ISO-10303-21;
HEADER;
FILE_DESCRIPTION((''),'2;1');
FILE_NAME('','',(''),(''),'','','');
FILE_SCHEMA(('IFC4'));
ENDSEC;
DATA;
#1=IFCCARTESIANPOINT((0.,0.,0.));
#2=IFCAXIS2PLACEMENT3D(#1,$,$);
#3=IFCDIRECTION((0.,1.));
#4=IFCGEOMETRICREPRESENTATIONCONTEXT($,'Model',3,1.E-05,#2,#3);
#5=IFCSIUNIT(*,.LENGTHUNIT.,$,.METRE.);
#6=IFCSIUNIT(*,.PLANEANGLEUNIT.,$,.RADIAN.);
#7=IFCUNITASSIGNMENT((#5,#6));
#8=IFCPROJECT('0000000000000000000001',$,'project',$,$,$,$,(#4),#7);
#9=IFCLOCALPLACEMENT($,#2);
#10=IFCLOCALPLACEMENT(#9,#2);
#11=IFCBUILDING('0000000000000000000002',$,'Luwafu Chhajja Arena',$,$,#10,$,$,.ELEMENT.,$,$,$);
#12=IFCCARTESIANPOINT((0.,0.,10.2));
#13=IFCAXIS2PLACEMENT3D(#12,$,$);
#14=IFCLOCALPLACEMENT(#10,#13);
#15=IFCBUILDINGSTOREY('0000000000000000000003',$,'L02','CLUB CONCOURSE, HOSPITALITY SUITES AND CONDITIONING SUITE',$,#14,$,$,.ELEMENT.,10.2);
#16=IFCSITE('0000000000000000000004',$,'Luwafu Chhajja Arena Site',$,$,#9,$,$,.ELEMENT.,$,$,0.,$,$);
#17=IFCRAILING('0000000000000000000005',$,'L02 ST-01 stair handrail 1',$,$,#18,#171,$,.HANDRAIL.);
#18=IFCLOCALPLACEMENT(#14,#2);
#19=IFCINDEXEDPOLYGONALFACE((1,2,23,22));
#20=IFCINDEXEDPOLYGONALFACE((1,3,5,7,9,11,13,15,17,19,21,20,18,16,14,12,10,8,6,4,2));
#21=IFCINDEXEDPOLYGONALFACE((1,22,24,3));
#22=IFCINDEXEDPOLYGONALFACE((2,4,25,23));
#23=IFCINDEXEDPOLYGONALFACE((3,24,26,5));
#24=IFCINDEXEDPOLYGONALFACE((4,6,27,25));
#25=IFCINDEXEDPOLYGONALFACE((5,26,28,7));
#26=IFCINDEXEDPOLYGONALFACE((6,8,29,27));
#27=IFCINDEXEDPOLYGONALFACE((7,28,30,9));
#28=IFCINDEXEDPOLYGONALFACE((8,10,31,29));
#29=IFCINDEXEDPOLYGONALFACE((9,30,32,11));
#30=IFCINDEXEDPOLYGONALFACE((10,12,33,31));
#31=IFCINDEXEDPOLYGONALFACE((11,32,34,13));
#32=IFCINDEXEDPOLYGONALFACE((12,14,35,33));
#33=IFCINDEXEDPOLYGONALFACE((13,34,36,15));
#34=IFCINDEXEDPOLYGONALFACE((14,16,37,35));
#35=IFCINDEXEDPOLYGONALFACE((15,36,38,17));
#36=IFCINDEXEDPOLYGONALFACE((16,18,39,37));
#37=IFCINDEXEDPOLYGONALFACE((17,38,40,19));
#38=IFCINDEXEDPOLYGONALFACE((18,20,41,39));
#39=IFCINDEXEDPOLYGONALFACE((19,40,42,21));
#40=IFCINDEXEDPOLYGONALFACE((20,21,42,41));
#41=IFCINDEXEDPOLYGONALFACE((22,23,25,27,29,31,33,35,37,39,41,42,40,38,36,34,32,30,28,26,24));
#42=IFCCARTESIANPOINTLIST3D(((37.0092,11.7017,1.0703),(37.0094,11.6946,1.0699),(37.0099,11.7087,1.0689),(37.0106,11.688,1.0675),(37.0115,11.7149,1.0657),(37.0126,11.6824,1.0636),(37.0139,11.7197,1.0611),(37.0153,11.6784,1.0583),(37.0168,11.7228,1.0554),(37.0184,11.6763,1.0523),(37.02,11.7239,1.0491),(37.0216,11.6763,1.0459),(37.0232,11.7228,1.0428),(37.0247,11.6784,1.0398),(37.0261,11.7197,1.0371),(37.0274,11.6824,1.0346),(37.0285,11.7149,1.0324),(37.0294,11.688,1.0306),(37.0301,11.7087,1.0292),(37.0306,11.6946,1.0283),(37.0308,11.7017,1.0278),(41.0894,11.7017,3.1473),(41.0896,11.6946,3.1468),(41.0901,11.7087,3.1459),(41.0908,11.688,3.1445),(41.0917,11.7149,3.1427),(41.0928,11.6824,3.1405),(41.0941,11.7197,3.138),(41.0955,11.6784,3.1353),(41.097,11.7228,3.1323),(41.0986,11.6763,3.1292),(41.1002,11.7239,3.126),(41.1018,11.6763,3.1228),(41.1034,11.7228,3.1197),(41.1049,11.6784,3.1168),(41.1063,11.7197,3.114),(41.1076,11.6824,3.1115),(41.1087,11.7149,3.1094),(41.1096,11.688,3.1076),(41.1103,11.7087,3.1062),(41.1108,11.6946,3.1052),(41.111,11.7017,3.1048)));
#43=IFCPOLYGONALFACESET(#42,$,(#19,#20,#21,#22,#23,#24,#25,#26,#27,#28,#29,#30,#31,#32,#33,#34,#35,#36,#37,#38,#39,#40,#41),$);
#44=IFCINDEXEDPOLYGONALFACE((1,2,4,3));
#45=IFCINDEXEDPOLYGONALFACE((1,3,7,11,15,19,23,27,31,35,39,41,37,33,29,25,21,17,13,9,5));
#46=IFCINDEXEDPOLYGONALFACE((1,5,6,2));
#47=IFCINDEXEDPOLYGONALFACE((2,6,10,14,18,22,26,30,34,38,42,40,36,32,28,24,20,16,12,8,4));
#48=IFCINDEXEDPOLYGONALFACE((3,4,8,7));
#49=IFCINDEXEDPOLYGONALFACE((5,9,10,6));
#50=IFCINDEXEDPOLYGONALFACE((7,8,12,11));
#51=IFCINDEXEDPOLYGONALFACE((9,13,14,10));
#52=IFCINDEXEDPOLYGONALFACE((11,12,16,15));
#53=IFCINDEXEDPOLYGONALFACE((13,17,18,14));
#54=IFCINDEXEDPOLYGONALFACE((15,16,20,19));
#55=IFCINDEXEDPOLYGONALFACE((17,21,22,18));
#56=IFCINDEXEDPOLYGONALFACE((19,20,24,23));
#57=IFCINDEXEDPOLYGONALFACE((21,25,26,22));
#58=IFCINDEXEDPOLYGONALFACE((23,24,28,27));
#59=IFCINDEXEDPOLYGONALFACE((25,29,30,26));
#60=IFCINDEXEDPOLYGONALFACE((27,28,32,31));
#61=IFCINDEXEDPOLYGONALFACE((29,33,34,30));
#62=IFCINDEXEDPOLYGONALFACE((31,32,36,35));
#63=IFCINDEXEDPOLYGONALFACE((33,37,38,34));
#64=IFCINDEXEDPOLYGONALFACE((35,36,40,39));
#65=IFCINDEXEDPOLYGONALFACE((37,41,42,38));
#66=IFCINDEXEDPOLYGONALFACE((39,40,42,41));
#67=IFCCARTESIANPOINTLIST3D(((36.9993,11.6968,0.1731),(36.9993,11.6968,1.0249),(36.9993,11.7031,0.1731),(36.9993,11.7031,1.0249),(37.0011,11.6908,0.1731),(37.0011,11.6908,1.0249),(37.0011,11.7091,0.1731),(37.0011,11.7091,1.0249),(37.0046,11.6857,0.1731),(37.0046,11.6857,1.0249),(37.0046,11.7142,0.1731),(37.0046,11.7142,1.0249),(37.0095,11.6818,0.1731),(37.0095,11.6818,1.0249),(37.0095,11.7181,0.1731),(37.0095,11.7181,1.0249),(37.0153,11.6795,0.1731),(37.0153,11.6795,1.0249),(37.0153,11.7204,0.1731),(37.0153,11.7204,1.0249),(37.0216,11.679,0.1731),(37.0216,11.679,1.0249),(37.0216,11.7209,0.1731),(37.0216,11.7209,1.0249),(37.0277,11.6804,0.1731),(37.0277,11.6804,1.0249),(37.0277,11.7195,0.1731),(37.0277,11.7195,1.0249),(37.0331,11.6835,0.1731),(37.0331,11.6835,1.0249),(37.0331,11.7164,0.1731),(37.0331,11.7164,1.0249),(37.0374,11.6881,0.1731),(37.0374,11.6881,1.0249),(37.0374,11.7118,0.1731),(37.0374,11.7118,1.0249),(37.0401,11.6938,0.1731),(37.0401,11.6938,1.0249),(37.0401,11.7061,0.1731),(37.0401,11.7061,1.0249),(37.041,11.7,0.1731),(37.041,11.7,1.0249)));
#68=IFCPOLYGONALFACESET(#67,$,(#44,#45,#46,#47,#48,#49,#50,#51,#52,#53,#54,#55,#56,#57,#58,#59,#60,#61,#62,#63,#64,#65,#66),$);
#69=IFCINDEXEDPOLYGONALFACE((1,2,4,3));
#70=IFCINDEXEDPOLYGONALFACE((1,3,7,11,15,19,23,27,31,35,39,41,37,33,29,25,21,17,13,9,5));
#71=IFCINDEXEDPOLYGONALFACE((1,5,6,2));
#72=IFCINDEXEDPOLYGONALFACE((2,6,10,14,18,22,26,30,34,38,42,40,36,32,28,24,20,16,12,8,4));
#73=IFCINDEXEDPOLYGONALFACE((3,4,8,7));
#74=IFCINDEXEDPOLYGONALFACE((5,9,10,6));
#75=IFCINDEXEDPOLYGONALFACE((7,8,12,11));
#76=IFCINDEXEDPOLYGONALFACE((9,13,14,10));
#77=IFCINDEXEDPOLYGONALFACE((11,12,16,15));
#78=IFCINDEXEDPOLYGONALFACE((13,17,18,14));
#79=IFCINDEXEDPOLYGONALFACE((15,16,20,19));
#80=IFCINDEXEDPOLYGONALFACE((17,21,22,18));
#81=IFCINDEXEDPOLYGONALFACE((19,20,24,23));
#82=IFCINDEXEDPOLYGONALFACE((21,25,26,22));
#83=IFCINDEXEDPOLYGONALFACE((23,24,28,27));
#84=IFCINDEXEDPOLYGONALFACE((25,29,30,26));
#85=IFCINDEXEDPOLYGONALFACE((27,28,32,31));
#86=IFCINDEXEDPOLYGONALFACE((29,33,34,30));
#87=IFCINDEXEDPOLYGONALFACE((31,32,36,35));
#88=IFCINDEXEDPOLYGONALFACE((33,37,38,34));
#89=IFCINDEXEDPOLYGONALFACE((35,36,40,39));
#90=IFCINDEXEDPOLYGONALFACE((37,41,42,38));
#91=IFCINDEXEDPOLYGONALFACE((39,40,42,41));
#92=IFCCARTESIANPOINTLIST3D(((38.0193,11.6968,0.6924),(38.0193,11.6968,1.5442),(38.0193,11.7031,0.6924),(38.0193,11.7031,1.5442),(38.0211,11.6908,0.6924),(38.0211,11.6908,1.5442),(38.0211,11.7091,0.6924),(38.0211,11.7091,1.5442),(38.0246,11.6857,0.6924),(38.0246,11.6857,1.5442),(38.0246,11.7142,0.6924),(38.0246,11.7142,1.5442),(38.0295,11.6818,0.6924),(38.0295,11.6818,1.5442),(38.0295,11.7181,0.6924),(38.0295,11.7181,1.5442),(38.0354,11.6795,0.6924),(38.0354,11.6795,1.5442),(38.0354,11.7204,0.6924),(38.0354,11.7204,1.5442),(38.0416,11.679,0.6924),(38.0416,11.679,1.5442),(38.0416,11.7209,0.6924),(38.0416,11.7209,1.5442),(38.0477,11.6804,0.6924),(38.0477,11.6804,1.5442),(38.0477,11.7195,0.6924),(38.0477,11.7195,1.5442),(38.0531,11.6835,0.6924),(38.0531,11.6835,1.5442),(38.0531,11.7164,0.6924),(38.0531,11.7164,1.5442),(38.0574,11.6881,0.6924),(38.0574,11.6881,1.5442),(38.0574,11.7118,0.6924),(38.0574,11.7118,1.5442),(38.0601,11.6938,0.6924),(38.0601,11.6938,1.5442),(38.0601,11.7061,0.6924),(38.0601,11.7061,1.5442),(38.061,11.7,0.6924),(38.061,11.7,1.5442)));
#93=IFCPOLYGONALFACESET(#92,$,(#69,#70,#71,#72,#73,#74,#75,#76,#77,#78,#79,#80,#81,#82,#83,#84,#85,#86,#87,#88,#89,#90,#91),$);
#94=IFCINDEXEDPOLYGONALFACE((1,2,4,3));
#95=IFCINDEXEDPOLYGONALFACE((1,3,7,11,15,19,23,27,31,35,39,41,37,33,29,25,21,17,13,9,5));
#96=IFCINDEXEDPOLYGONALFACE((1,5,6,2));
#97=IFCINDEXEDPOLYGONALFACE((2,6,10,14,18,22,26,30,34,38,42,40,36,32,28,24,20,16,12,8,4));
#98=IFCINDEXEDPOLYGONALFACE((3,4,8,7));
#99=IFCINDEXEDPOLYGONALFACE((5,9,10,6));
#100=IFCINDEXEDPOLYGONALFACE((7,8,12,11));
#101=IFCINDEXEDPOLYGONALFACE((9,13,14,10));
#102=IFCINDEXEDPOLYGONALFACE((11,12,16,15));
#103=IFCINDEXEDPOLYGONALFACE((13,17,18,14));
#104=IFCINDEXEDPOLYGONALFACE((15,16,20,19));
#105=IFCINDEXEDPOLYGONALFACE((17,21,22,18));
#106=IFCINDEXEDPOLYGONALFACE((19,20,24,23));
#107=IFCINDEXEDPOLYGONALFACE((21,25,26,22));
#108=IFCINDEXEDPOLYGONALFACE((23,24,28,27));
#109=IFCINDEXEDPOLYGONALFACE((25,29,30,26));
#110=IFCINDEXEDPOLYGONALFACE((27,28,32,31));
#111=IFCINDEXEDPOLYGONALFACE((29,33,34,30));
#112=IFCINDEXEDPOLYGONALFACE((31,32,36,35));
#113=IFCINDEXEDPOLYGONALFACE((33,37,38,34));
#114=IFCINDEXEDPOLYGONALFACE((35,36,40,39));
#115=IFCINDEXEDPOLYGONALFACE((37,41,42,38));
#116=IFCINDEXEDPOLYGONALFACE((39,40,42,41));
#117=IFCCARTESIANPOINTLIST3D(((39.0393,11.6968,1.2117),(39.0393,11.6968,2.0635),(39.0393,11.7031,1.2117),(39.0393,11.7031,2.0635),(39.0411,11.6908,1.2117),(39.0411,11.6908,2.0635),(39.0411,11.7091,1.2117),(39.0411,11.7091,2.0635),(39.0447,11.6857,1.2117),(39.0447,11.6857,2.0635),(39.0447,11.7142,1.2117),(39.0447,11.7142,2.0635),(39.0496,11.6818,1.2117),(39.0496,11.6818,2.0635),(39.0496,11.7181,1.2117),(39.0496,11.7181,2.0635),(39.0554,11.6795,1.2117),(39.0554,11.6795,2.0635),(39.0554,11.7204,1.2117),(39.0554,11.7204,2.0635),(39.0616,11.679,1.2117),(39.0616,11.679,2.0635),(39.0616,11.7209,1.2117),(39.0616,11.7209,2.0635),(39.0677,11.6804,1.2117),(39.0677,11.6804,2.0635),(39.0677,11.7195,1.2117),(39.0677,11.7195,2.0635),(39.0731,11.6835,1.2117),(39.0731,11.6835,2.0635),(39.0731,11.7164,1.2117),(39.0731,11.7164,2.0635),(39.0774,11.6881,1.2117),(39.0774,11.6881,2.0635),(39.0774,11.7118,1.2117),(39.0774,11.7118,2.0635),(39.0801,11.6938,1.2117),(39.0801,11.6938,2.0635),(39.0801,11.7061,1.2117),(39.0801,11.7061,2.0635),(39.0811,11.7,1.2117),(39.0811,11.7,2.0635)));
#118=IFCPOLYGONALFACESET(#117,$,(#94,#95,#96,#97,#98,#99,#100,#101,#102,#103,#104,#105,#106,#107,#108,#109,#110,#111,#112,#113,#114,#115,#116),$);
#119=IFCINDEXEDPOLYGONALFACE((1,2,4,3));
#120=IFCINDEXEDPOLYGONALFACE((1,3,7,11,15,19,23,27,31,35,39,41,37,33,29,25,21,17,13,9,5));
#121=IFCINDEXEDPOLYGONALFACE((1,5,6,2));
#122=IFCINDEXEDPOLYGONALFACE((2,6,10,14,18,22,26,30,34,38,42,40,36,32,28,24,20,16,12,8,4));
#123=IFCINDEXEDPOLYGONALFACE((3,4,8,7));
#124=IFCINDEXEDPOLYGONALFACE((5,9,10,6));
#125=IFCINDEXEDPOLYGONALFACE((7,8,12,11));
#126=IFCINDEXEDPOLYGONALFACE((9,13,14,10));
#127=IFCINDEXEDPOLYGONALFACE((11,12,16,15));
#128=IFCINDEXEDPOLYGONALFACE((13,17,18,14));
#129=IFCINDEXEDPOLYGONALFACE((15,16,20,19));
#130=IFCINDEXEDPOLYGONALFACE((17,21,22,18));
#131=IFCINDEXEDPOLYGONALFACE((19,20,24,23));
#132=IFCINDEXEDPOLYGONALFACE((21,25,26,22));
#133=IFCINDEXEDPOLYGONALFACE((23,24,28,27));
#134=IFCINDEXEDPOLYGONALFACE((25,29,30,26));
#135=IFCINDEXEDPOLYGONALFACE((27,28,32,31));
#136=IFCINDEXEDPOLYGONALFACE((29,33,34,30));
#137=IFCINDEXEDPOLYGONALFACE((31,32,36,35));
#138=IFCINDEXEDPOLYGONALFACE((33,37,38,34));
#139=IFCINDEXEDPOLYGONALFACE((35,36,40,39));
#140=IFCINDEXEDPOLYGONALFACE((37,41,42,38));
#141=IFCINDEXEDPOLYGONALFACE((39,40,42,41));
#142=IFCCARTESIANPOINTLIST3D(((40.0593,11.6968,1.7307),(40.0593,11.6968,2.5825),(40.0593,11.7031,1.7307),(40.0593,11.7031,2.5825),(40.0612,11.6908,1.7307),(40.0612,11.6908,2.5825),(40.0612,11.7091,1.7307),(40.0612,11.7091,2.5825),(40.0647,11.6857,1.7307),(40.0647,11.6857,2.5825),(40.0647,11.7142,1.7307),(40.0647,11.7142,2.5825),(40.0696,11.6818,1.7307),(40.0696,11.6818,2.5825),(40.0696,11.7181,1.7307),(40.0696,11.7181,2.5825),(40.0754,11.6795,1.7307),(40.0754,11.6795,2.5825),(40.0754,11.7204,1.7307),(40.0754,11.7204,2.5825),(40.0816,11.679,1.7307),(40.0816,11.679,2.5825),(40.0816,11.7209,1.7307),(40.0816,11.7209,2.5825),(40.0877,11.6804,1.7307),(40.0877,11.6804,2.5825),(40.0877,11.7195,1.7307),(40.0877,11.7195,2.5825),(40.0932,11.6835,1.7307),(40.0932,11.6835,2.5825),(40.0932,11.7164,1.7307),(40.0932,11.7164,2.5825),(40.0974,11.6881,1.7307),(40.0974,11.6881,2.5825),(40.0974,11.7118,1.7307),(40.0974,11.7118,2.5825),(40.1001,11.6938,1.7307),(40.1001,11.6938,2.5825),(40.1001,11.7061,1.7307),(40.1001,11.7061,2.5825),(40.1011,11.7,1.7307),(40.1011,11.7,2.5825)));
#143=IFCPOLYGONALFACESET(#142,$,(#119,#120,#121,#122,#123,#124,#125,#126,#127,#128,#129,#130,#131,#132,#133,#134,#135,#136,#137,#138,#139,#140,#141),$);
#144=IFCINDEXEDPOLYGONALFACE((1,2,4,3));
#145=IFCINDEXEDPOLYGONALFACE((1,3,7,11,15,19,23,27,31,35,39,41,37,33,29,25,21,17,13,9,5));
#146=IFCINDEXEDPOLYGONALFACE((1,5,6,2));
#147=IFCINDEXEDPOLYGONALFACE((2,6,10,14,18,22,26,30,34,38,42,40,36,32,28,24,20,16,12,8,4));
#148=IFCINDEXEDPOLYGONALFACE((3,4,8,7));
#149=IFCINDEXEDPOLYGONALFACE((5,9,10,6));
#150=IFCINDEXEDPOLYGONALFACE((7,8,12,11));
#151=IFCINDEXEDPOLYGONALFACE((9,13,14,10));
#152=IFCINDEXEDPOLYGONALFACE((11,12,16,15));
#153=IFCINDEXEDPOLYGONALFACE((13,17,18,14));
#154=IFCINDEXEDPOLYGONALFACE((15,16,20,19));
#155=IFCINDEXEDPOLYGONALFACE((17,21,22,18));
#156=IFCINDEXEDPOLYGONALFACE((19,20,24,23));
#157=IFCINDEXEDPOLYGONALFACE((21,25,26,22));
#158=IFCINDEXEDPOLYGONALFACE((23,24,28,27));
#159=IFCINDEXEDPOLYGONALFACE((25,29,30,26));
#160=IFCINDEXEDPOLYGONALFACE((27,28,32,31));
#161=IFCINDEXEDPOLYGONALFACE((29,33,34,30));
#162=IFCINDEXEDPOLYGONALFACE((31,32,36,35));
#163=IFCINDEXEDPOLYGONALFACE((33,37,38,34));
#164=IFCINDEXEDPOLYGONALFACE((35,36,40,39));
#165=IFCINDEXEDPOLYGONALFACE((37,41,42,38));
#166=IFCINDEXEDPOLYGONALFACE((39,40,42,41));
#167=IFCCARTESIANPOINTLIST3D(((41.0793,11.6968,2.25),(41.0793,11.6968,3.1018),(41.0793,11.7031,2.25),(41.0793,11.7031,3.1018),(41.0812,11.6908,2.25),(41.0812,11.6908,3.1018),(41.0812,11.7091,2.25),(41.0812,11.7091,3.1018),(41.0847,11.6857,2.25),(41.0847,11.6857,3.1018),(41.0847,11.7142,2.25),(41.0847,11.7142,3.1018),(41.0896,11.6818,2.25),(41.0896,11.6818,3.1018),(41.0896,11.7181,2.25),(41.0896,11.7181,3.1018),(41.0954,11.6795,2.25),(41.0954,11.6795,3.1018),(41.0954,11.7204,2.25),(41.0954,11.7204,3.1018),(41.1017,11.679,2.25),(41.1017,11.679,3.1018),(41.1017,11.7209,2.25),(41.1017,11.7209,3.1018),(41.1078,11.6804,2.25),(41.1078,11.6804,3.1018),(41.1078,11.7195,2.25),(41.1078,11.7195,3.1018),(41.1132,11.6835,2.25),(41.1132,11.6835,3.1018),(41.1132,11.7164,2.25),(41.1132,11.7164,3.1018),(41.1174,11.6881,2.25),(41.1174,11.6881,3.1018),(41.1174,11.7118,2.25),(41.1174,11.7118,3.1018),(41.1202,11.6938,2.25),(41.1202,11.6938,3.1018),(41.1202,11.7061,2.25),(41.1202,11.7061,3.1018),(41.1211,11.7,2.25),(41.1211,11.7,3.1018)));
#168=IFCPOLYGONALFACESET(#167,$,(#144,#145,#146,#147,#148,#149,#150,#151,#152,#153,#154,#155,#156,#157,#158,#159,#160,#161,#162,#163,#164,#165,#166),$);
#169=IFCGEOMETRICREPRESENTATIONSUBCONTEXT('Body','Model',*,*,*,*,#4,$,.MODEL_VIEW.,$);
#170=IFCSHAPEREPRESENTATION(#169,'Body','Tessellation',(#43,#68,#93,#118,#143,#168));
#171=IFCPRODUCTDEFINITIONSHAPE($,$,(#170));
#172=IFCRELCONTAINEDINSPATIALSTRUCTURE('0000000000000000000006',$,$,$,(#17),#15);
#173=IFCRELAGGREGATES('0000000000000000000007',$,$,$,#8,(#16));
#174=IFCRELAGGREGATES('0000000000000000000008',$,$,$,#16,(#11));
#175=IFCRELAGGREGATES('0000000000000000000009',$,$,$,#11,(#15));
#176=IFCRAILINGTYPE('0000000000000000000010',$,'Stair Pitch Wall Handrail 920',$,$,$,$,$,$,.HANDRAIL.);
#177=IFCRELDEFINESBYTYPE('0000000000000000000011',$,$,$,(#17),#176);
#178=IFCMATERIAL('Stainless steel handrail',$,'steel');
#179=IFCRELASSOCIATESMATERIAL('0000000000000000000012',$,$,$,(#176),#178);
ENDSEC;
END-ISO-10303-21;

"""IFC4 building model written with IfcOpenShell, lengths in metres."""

from ifc_helpers import new_model, si_unit, direction, frame, origin, origin_2d, place, context, subcontext, project, spatial, circle, extrude, material, type_object, element, save


model = new_model("IFC4")

# Units and contexts
model_context = context("Model", 3, precision=1e-05, world=origin(), true_north=direction((0.0, 1.0)))
body_context = subcontext(model_context, "Body", "Model", "MODEL_VIEW")
ifc_project = project(units=[si_unit("LENGTHUNIT", "METRE"), si_unit("PLANEANGLEUNIT", "RADIAN")], contexts=[model_context])

# Site, building, storey
site_placement = place(None, origin())
site = spatial("IfcSite", under=ifc_project, at=site_placement, Name="Luwafu Chhajja Arena Site", CompositionType="ELEMENT", RefElevation=0.0)
building_placement = place(site_placement, origin())
building = spatial("IfcBuilding", under=site, at=building_placement, Name="Luwafu Chhajja Arena", CompositionType="ELEMENT")
storey_placement = place(building_placement, frame((0.0, 0.0, 10.2)))
storey = spatial("IfcBuildingStorey", under=building, at=storey_placement, Name="L02", Description="CLUB CONCOURSE, HOSPITALITY SUITES AND CONDITIONING SUITE", CompositionType="ELEMENT", Elevation=10.2)

# Railing
ifc_material_1 = material(Name="Stainless steel handrail", Category="steel")
railing_type_1 = type_object("IfcRailingType", Name="Stair Pitch Wall Handrail 920", PredefinedType="HANDRAIL", material=ifc_material_1)
railing_1_placement = place(storey_placement, frame((37.02, 11.7, 0.1731)))
element("IfcRailing", 1, at=railing_1_placement, inside=storey, type_object=railing_type_1, Name="L02 ST-01 stair handrail 1", PredefinedType="HANDRAIL", context=body_context, shape_type="SweptSolid", body=[
    extrude(circle(Radius=0.0239, at=origin_2d()), frame((0.0, 0.0, 0.876), z_axis=(0.891183, 0.0, 0.453644), x_axis=(0.0, 1.0, 0.0)), (0.0, 0.0, 1.0), 4.5784),
    extrude(circle(Radius=0.021, at=origin_2d()), origin(), (0.0, 0.0, 1.0), 0.8518),
    extrude(circle(Radius=0.021, at=origin_2d()), frame((1.02, 0.0, 0.5193)), (0.0, 0.0, 1.0), 0.8518),
    extrude(circle(Radius=0.021, at=origin_2d()), frame((2.04, 0.0, 1.0386)), (0.0, 0.0, 1.0), 0.8518),
    extrude(circle(Radius=0.021, at=origin_2d()), frame((3.0601, 0.0, 1.5576)), (0.0, 0.0, 1.0), 0.8518),
    extrude(circle(Radius=0.021, at=origin_2d()), frame((4.0801, 0.0, 2.0769)), (0.0, 0.0, 1.0), 0.8518),
])

save(model, "model.ifc")
